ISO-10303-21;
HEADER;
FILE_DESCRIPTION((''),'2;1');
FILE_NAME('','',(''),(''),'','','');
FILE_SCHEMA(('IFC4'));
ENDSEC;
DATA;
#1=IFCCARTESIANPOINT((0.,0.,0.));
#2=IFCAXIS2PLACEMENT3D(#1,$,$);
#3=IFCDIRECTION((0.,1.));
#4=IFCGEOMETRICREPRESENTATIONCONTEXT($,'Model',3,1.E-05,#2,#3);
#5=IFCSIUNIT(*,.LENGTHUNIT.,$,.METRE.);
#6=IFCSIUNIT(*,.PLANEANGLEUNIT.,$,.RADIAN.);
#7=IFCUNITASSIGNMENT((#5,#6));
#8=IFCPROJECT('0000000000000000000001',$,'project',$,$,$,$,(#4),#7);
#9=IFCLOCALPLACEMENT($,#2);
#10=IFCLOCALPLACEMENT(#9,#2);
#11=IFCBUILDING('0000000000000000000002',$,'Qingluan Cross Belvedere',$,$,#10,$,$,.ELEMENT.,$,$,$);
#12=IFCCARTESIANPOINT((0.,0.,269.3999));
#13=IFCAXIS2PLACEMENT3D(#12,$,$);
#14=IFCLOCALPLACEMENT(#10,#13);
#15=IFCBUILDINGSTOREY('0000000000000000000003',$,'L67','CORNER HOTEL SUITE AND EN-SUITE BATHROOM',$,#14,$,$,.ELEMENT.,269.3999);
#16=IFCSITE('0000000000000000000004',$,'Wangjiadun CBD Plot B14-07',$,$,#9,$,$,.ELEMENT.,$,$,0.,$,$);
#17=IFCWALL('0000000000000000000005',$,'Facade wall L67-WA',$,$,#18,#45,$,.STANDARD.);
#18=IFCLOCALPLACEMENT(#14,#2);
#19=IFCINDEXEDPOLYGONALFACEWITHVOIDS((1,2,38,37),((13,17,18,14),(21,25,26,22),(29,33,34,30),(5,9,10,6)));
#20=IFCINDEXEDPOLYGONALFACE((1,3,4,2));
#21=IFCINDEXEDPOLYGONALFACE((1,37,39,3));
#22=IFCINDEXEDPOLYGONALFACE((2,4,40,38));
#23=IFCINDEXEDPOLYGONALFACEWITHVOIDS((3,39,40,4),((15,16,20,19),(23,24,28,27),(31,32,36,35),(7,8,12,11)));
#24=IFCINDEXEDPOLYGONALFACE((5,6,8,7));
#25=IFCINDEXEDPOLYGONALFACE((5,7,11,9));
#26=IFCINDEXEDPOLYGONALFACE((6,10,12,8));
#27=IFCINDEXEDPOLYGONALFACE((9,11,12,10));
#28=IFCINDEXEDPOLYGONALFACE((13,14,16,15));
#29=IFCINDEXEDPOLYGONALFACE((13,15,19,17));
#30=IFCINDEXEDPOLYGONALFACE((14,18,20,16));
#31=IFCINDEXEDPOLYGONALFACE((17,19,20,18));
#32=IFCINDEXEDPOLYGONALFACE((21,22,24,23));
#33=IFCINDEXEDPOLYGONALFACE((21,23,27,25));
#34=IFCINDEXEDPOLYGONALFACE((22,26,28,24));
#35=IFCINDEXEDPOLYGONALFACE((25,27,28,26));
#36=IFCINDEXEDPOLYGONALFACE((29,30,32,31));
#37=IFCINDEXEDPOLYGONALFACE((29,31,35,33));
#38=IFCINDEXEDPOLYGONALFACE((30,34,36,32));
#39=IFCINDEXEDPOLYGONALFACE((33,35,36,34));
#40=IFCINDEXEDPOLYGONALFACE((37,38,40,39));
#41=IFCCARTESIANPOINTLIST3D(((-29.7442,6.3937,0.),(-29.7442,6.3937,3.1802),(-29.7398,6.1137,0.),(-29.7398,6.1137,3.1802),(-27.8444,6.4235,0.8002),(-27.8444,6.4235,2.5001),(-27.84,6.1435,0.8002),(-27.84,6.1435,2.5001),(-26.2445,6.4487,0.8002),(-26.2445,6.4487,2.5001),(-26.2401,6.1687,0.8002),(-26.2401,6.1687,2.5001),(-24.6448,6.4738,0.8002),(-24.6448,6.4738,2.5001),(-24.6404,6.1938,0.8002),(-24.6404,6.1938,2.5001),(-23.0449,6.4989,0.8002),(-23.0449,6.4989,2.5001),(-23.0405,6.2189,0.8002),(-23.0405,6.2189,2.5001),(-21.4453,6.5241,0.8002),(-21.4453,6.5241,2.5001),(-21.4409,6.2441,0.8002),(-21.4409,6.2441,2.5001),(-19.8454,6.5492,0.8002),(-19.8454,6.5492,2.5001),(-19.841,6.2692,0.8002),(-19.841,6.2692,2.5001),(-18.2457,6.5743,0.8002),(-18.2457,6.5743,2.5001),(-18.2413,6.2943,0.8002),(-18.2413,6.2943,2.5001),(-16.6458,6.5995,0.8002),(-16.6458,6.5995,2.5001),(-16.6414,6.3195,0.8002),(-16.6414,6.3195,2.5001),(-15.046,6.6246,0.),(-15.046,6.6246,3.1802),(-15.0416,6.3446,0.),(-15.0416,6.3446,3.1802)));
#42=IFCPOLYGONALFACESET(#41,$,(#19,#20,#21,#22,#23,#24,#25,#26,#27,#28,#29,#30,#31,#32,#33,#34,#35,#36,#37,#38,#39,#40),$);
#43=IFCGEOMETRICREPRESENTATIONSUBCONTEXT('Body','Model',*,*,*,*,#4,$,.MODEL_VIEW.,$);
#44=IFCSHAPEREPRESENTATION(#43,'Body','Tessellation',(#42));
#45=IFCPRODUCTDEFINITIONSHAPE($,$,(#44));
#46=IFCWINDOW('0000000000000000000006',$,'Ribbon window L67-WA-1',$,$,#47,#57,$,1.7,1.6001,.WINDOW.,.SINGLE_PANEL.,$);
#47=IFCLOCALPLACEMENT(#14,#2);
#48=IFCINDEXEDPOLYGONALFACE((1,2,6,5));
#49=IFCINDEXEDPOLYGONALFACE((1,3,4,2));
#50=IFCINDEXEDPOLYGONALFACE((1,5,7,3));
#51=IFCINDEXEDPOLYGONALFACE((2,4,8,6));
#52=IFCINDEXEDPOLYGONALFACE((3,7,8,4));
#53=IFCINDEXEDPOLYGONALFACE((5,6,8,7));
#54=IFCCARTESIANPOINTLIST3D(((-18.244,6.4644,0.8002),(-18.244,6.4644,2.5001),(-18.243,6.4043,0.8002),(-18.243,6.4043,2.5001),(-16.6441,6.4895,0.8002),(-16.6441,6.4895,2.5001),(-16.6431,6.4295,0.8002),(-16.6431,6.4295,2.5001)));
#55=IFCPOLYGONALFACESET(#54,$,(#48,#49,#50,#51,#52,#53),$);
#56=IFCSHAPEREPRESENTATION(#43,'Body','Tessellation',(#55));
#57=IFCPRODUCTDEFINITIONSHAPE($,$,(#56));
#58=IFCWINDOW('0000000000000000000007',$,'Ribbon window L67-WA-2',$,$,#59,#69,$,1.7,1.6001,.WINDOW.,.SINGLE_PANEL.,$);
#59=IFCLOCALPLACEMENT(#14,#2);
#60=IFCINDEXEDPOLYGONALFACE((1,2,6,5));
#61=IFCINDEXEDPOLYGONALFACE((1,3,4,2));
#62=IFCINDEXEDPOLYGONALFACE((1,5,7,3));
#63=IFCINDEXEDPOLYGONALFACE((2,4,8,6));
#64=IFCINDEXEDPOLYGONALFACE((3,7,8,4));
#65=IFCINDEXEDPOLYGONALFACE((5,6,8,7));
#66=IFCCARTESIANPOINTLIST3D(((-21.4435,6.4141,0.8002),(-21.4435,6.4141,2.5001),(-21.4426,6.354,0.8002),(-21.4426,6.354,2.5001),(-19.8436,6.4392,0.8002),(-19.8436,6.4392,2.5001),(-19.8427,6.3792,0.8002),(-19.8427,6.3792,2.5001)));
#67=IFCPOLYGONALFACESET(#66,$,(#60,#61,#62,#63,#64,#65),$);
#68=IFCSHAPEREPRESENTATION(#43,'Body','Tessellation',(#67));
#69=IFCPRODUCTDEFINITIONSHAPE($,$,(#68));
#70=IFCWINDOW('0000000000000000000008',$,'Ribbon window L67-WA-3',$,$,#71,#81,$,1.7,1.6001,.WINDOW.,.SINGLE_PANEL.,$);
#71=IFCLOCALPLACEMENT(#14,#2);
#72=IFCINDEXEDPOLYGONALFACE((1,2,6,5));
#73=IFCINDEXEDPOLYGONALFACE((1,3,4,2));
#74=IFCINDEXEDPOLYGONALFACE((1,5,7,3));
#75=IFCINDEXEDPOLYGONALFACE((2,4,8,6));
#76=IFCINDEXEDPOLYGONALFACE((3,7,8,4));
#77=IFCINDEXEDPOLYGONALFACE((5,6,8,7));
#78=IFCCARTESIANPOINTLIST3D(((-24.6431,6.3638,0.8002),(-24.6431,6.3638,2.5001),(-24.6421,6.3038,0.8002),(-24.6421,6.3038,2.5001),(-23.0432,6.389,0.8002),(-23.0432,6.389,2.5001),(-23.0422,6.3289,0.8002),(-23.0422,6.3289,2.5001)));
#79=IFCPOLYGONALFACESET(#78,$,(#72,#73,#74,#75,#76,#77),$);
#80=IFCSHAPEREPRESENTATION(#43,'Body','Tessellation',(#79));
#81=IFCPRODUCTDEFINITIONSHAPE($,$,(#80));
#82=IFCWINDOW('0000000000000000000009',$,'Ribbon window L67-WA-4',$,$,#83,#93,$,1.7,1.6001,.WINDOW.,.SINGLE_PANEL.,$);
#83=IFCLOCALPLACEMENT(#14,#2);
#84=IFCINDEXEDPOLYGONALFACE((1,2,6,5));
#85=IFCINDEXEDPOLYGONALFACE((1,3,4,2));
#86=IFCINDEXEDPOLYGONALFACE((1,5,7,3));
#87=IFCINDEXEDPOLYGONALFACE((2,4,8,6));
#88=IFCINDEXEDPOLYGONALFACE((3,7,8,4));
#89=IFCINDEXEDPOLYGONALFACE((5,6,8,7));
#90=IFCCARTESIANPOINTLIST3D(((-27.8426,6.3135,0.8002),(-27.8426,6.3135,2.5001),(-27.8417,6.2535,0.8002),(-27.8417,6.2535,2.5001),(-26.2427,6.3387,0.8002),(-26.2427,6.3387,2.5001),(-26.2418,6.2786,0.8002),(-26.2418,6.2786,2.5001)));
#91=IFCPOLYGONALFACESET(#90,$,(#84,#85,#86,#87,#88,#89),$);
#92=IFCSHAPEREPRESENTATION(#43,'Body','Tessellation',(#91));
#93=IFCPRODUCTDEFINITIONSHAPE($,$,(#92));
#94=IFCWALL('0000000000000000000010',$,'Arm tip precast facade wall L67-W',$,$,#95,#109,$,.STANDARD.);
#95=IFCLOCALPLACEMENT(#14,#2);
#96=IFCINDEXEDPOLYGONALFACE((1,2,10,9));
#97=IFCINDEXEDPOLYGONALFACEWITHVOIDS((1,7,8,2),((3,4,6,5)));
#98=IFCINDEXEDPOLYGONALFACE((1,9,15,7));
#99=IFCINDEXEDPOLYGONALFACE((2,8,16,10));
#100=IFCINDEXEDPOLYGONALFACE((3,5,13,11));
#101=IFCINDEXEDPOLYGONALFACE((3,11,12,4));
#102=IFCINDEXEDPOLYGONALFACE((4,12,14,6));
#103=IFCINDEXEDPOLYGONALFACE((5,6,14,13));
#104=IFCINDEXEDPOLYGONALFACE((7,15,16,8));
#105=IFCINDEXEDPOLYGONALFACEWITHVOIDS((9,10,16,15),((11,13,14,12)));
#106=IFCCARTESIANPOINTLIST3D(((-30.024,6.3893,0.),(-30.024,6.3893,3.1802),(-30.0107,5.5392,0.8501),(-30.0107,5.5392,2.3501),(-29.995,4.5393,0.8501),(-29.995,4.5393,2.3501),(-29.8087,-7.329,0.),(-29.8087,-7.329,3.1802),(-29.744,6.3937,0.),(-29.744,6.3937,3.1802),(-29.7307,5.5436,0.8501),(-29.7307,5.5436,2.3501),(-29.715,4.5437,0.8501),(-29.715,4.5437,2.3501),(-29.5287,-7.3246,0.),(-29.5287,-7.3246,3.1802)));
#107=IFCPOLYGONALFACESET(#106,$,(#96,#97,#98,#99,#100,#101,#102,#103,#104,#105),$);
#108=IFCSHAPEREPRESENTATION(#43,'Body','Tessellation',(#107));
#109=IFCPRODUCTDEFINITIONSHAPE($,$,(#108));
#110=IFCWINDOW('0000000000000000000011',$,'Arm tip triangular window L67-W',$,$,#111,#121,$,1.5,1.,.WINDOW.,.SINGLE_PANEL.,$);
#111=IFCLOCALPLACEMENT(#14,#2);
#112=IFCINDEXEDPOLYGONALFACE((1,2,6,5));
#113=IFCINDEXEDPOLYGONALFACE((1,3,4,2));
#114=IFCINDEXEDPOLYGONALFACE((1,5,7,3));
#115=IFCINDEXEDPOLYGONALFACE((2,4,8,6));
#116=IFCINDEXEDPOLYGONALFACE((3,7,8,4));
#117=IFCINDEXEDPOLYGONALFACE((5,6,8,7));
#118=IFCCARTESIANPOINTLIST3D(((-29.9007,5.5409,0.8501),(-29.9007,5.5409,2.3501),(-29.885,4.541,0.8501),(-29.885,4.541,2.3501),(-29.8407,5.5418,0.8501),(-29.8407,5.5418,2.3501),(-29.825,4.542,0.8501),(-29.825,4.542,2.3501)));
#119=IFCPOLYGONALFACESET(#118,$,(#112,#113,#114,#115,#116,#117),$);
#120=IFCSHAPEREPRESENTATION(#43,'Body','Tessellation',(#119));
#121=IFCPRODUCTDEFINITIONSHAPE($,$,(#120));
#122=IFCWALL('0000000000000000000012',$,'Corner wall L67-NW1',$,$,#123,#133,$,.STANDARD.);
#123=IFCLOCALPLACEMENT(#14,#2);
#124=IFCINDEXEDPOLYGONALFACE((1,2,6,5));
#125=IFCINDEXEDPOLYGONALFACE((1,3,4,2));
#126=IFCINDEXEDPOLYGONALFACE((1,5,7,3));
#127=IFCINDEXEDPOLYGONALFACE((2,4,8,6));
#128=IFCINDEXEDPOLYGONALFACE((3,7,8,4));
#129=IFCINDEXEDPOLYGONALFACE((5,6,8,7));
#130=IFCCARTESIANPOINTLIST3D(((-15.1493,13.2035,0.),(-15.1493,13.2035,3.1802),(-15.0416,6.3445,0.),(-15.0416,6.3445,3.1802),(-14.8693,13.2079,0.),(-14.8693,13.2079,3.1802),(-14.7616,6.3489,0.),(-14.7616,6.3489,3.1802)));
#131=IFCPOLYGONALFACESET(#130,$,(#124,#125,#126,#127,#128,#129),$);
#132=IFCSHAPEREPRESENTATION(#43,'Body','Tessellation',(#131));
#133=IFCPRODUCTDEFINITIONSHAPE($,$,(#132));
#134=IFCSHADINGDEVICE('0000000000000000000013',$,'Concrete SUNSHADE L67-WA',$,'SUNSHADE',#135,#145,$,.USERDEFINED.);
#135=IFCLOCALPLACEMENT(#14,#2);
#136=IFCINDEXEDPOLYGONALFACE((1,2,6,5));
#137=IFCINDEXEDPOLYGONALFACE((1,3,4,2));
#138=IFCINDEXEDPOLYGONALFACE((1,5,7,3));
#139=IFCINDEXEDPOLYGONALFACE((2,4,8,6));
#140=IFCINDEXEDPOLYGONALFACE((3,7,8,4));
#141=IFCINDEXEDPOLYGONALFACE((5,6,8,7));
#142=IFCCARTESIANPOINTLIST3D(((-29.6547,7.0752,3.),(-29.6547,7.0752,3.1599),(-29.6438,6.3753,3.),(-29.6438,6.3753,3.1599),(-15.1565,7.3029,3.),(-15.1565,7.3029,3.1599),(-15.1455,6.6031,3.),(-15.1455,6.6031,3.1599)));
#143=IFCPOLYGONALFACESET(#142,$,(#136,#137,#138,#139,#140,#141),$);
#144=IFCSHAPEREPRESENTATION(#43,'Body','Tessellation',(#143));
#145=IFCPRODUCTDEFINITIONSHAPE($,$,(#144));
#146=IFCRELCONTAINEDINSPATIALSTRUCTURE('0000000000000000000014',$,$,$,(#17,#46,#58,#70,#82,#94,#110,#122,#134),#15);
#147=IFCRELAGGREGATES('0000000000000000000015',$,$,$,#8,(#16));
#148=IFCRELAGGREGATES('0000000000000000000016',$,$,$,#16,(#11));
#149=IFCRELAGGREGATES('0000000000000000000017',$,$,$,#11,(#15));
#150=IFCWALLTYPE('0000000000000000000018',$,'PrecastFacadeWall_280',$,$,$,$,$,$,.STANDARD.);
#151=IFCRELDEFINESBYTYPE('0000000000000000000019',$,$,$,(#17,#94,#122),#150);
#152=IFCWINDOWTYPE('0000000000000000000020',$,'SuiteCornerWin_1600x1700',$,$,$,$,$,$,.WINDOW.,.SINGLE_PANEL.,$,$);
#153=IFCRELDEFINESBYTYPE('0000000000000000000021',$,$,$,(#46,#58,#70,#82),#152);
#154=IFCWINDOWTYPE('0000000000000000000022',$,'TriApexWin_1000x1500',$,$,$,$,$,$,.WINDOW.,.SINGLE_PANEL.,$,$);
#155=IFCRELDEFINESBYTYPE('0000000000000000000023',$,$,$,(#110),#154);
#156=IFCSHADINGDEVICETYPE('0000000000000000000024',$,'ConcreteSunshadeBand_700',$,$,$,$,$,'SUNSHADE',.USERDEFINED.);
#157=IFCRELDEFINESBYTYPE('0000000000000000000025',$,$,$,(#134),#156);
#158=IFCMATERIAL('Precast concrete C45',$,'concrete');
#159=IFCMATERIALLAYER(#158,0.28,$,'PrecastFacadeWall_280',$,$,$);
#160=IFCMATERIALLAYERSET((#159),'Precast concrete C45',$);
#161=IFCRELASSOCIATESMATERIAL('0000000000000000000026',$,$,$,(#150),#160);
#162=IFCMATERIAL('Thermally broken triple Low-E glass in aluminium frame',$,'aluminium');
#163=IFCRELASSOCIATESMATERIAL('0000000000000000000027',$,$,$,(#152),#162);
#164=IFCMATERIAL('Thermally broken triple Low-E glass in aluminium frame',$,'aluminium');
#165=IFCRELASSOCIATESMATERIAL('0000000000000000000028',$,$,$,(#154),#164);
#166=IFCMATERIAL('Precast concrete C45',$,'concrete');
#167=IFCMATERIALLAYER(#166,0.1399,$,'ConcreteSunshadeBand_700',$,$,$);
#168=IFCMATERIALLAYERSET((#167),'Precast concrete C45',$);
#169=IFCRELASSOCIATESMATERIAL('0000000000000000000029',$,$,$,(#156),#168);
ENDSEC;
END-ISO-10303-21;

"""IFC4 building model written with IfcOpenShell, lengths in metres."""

from ifc_helpers import new_model, si_unit, direction, frame, frame_2d, origin, origin_2d, place, context, subcontext, project, spatial, rectangle, extrude, material, layer, layer_set, type_object, element, fill, save


model = new_model("IFC4")

# Units and contexts
model_context = context("Model", 3, precision=1e-05, world=origin(), true_north=direction((0.0, 1.0)))
body_context = subcontext(model_context, "Body", "Model", "MODEL_VIEW")
ifc_project = project(units=[si_unit("LENGTHUNIT", "METRE"), si_unit("PLANEANGLEUNIT", "RADIAN")], contexts=[model_context])

# Site, building, storey
site_placement = place(None, origin())
site = spatial("IfcSite", under=ifc_project, at=site_placement, Name="Wangjiadun CBD Plot B14-07", CompositionType="ELEMENT", RefElevation=0.0)
building_placement = place(site_placement, origin())
building = spatial("IfcBuilding", under=site, at=building_placement, Name="Qingluan Cross Belvedere", CompositionType="ELEMENT")
storey_placement = place(building_placement, frame((0.0, 0.0, 269.3999)))
storey = spatial("IfcBuildingStorey", under=building, at=storey_placement, Name="L67", Description="CORNER HOTEL SUITE AND EN-SUITE BATHROOM", CompositionType="ELEMENT", Elevation=269.3999)

# Wall, openings, windows
ifc_material_1 = material(Name="Precast concrete C45", Category="concrete")
ifc_layer_1 = layer(ifc_material_1, 0.28, Name="PrecastFacadeWall_280")
ifc_layer_set_1 = layer_set([ifc_layer_1], Name="Precast concrete C45")
wall_type_1 = type_object("IfcWallType", Name="PrecastFacadeWall_280", PredefinedType="STANDARD", material=ifc_layer_set_1)
wall_1_placement = place(storey_placement, frame((-15.0437, 6.4846, 0.0), z_axis=(0.0, 0.0, 1.0), x_axis=(-0.999877, -0.015711, 0.0)))
wall_1 = element("IfcWall", 1, at=wall_1_placement, inside=storey, type_object=wall_type_1, Name="Facade wall L67-WA", PredefinedType="STANDARD", context=body_context, shape_type="SweptSolid", body=[
    extrude(rectangle(XDim=14.7, YDim=0.28, at=frame_2d((7.3501, 0.0))), origin(), (0.0, 0.0, 1.0), 3.1802),
])
opening_1_placement = place(wall_1_placement, frame((1.6001, 0.0, 0.8)))
opening_1 = element("IfcOpeningElement", 2, at=opening_1_placement, cuts=wall_1, PredefinedType="OPENING", context=body_context, shape_type="SweptSolid", body=[
    extrude(rectangle(XDim=1.6001, YDim=1.7, at=frame_2d((0.8, 0.8501))), frame((0.0, 0.1499, 0.0), z_axis=(0.0, -1.0, 0.0), x_axis=(1.0, 0.0, 0.0)), (0.0, 0.0, 1.0), 0.3),
])
opening_2_placement = place(wall_1_placement, frame((4.8, 0.0, 0.8)))
opening_2 = element("IfcOpeningElement", 3, at=opening_2_placement, cuts=wall_1, PredefinedType="OPENING", context=body_context, shape_type="SweptSolid", body=[
    extrude(rectangle(XDim=1.6001, YDim=1.7, at=frame_2d((0.8, 0.8501))), frame((0.0, 0.1499, 0.0), z_axis=(0.0, -1.0, 0.0), x_axis=(1.0, 0.0, 0.0)), (0.0, 0.0, 1.0), 0.3),
])
opening_3_placement = place(wall_1_placement, frame((8.0, 0.0, 0.8)))
opening_3 = element("IfcOpeningElement", 4, at=opening_3_placement, cuts=wall_1, PredefinedType="OPENING", context=body_context, shape_type="SweptSolid", body=[
    extrude(rectangle(XDim=1.6001, YDim=1.7, at=frame_2d((0.8, 0.8501))), frame((0.0, 0.1499, 0.0), z_axis=(0.0, -1.0, 0.0), x_axis=(1.0, 0.0, 0.0)), (0.0, 0.0, 1.0), 0.3),
])
opening_4_placement = place(wall_1_placement, frame((11.2, 0.0, 0.8)))
opening_4 = element("IfcOpeningElement", 5, at=opening_4_placement, cuts=wall_1, PredefinedType="OPENING", context=body_context, shape_type="SweptSolid", body=[
    extrude(rectangle(XDim=1.6001, YDim=1.7, at=frame_2d((0.8, 0.8501))), frame((0.0, 0.1499, 0.0), z_axis=(0.0, -1.0, 0.0), x_axis=(1.0, 0.0, 0.0)), (0.0, 0.0, 1.0), 0.3),
])
ifc_material_2 = material(Name="Thermally broken triple Low-E glass in aluminium frame", Category="aluminium")
window_type_1 = type_object("IfcWindowType", Name="SuiteCornerWin_1600x1700", PartitioningType="SINGLE_PANEL", PredefinedType="WINDOW", material=ifc_material_2)
window_1_placement = place(opening_1_placement, origin())
window_1 = element("IfcWindow", 6, at=window_1_placement, inside=storey, type_object=window_type_1, Name="Ribbon window L67-WA-1", OverallHeight=1.7, OverallWidth=1.6001, PartitioningType="SINGLE_PANEL", PredefinedType="WINDOW", context=body_context, shape_type="SweptSolid", body=[
    extrude(rectangle(XDim=1.6001, YDim=1.7, at=frame_2d((0.8, 0.8501))), frame((0.0, 0.03, 0.0), z_axis=(0.0, -1.0, 0.0), x_axis=(1.0, 0.0, 0.0)), (0.0, 0.0, 1.0), 0.0601),
])
fill(opening_1, window_1)
window_2_placement = place(opening_2_placement, origin())
window_2 = element("IfcWindow", 7, at=window_2_placement, inside=storey, type_object=window_type_1, Name="Ribbon window L67-WA-2", OverallHeight=1.7, OverallWidth=1.6001, PartitioningType="SINGLE_PANEL", PredefinedType="WINDOW", context=body_context, shape_type="SweptSolid", body=[
    extrude(rectangle(XDim=1.6001, YDim=1.7, at=frame_2d((0.8, 0.8501))), frame((0.0, 0.03, 0.0), z_axis=(0.0, -1.0, 0.0), x_axis=(1.0, 0.0, 0.0)), (0.0, 0.0, 1.0), 0.0601),
])
fill(opening_2, window_2)
window_3_placement = place(opening_3_placement, origin())
window_3 = element("IfcWindow", 8, at=window_3_placement, inside=storey, type_object=window_type_1, Name="Ribbon window L67-WA-3", OverallHeight=1.7, OverallWidth=1.6001, PartitioningType="SINGLE_PANEL", PredefinedType="WINDOW", context=body_context, shape_type="SweptSolid", body=[
    extrude(rectangle(XDim=1.6001, YDim=1.7, at=frame_2d((0.8, 0.8501))), frame((0.0, 0.03, 0.0), z_axis=(0.0, -1.0, 0.0), x_axis=(1.0, 0.0, 0.0)), (0.0, 0.0, 1.0), 0.0601),
])
fill(opening_3, window_3)
window_4_placement = place(opening_4_placement, origin())
window_4 = element("IfcWindow", 9, at=window_4_placement, inside=storey, type_object=window_type_1, Name="Ribbon window L67-WA-4", OverallHeight=1.7, OverallWidth=1.6001, PartitioningType="SINGLE_PANEL", PredefinedType="WINDOW", context=body_context, shape_type="SweptSolid", body=[
    extrude(rectangle(XDim=1.6001, YDim=1.7, at=frame_2d((0.8, 0.8501))), frame((0.0, 0.03, 0.0), z_axis=(0.0, -1.0, 0.0), x_axis=(1.0, 0.0, 0.0)), (0.0, 0.0, 1.0), 0.0601),
])
fill(opening_4, window_4)

# Wall, opening, window
wall_2_placement = place(storey_placement, frame((-29.884, 6.3914, 0.0), z_axis=(0.0, 0.0, 1.0), x_axis=(0.015695, -0.999877, 0.0)))
wall_2 = element("IfcWall", 10, at=wall_2_placement, inside=storey, type_object=wall_type_1, Name="Arm tip precast facade wall L67-W", PredefinedType="STANDARD", context=body_context, shape_type="SweptSolid", body=[
    extrude(rectangle(XDim=13.72, YDim=0.28, at=frame_2d((6.8599, 0.0))), origin(), (0.0, 0.0, 1.0), 3.1802),
])
opening_5_placement = place(wall_2_placement, frame((0.8501, 0.0, 0.8501)))
opening_5 = element("IfcOpeningElement", 11, at=opening_5_placement, cuts=wall_2, PredefinedType="OPENING", context=body_context, shape_type="SweptSolid", body=[
    extrude(rectangle(XDim=1.0, YDim=1.5, at=frame_2d((0.5, 0.75))), frame((0.0, 0.1499, 0.0), z_axis=(0.0, -1.0, 0.0), x_axis=(1.0, 0.0, 0.0)), (0.0, 0.0, 1.0), 0.3),
])
ifc_material_3 = material(Name="Thermally broken triple Low-E glass in aluminium frame", Category="aluminium")
window_type_2 = type_object("IfcWindowType", Name="TriApexWin_1000x1500", PartitioningType="SINGLE_PANEL", PredefinedType="WINDOW", material=ifc_material_3)
window_5_placement = place(opening_5_placement, origin())
window_5 = element("IfcWindow", 12, at=window_5_placement, inside=storey, type_object=window_type_2, Name="Arm tip triangular window L67-W", OverallHeight=1.5, OverallWidth=1.0, PartitioningType="SINGLE_PANEL", PredefinedType="WINDOW", context=body_context, shape_type="SweptSolid", body=[
    extrude(rectangle(XDim=1.0, YDim=1.5, at=frame_2d((0.5, 0.75))), frame((0.0, 0.03, 0.0), z_axis=(0.0, -1.0, 0.0), x_axis=(1.0, 0.0, 0.0)), (0.0, 0.0, 1.0), 0.0601),
])
fill(opening_5, window_5)

# Wall
wall_3_placement = place(storey_placement, frame((-14.9016, 6.3467, 0.0), z_axis=(0.0, 0.0, 1.0), x_axis=(-0.015695, 0.999877, 0.0)))
element("IfcWall", 13, at=wall_3_placement, inside=storey, type_object=wall_type_1, Name="Corner wall L67-NW1", PredefinedType="STANDARD", context=body_context, shape_type="SweptSolid", body=[
    extrude(rectangle(XDim=6.8599, YDim=0.28, at=frame_2d((3.4299, 0.0))), origin(), (0.0, 0.0, 1.0), 3.1802),
])

# Shading device
ifc_material_4 = material(Name="Precast concrete C45", Category="concrete")
ifc_layer_2 = layer(ifc_material_4, 0.1399, Name="ConcreteSunshadeBand_700")
ifc_layer_set_2 = layer_set([ifc_layer_2], Name="Precast concrete C45")
shading_device_type = type_object("IfcShadingDeviceType", Name="ConcreteSunshadeBand_700", ElementType="SUNSHADE", PredefinedType="USERDEFINED", material=ifc_layer_set_2)
shading_device_placement = place(storey_placement, frame((-22.4001, 6.8391, 3.0), z_axis=(0.0, 0.0, 1.0), x_axis=(-0.999877, -0.015707, 0.0)))
element("IfcShadingDevice", 14, at=shading_device_placement, inside=storey, type_object=shading_device_type, Name="Concrete SUNSHADE L67-WA", ObjectType="SUNSHADE", PredefinedType="USERDEFINED", context=body_context, shape_type="SweptSolid", body=[
    extrude(rectangle(XDim=14.5, YDim=0.7, at=origin_2d()), origin(), (0.0, 0.0, 1.0), 0.1599),
])

save(model, "model.ifc")
